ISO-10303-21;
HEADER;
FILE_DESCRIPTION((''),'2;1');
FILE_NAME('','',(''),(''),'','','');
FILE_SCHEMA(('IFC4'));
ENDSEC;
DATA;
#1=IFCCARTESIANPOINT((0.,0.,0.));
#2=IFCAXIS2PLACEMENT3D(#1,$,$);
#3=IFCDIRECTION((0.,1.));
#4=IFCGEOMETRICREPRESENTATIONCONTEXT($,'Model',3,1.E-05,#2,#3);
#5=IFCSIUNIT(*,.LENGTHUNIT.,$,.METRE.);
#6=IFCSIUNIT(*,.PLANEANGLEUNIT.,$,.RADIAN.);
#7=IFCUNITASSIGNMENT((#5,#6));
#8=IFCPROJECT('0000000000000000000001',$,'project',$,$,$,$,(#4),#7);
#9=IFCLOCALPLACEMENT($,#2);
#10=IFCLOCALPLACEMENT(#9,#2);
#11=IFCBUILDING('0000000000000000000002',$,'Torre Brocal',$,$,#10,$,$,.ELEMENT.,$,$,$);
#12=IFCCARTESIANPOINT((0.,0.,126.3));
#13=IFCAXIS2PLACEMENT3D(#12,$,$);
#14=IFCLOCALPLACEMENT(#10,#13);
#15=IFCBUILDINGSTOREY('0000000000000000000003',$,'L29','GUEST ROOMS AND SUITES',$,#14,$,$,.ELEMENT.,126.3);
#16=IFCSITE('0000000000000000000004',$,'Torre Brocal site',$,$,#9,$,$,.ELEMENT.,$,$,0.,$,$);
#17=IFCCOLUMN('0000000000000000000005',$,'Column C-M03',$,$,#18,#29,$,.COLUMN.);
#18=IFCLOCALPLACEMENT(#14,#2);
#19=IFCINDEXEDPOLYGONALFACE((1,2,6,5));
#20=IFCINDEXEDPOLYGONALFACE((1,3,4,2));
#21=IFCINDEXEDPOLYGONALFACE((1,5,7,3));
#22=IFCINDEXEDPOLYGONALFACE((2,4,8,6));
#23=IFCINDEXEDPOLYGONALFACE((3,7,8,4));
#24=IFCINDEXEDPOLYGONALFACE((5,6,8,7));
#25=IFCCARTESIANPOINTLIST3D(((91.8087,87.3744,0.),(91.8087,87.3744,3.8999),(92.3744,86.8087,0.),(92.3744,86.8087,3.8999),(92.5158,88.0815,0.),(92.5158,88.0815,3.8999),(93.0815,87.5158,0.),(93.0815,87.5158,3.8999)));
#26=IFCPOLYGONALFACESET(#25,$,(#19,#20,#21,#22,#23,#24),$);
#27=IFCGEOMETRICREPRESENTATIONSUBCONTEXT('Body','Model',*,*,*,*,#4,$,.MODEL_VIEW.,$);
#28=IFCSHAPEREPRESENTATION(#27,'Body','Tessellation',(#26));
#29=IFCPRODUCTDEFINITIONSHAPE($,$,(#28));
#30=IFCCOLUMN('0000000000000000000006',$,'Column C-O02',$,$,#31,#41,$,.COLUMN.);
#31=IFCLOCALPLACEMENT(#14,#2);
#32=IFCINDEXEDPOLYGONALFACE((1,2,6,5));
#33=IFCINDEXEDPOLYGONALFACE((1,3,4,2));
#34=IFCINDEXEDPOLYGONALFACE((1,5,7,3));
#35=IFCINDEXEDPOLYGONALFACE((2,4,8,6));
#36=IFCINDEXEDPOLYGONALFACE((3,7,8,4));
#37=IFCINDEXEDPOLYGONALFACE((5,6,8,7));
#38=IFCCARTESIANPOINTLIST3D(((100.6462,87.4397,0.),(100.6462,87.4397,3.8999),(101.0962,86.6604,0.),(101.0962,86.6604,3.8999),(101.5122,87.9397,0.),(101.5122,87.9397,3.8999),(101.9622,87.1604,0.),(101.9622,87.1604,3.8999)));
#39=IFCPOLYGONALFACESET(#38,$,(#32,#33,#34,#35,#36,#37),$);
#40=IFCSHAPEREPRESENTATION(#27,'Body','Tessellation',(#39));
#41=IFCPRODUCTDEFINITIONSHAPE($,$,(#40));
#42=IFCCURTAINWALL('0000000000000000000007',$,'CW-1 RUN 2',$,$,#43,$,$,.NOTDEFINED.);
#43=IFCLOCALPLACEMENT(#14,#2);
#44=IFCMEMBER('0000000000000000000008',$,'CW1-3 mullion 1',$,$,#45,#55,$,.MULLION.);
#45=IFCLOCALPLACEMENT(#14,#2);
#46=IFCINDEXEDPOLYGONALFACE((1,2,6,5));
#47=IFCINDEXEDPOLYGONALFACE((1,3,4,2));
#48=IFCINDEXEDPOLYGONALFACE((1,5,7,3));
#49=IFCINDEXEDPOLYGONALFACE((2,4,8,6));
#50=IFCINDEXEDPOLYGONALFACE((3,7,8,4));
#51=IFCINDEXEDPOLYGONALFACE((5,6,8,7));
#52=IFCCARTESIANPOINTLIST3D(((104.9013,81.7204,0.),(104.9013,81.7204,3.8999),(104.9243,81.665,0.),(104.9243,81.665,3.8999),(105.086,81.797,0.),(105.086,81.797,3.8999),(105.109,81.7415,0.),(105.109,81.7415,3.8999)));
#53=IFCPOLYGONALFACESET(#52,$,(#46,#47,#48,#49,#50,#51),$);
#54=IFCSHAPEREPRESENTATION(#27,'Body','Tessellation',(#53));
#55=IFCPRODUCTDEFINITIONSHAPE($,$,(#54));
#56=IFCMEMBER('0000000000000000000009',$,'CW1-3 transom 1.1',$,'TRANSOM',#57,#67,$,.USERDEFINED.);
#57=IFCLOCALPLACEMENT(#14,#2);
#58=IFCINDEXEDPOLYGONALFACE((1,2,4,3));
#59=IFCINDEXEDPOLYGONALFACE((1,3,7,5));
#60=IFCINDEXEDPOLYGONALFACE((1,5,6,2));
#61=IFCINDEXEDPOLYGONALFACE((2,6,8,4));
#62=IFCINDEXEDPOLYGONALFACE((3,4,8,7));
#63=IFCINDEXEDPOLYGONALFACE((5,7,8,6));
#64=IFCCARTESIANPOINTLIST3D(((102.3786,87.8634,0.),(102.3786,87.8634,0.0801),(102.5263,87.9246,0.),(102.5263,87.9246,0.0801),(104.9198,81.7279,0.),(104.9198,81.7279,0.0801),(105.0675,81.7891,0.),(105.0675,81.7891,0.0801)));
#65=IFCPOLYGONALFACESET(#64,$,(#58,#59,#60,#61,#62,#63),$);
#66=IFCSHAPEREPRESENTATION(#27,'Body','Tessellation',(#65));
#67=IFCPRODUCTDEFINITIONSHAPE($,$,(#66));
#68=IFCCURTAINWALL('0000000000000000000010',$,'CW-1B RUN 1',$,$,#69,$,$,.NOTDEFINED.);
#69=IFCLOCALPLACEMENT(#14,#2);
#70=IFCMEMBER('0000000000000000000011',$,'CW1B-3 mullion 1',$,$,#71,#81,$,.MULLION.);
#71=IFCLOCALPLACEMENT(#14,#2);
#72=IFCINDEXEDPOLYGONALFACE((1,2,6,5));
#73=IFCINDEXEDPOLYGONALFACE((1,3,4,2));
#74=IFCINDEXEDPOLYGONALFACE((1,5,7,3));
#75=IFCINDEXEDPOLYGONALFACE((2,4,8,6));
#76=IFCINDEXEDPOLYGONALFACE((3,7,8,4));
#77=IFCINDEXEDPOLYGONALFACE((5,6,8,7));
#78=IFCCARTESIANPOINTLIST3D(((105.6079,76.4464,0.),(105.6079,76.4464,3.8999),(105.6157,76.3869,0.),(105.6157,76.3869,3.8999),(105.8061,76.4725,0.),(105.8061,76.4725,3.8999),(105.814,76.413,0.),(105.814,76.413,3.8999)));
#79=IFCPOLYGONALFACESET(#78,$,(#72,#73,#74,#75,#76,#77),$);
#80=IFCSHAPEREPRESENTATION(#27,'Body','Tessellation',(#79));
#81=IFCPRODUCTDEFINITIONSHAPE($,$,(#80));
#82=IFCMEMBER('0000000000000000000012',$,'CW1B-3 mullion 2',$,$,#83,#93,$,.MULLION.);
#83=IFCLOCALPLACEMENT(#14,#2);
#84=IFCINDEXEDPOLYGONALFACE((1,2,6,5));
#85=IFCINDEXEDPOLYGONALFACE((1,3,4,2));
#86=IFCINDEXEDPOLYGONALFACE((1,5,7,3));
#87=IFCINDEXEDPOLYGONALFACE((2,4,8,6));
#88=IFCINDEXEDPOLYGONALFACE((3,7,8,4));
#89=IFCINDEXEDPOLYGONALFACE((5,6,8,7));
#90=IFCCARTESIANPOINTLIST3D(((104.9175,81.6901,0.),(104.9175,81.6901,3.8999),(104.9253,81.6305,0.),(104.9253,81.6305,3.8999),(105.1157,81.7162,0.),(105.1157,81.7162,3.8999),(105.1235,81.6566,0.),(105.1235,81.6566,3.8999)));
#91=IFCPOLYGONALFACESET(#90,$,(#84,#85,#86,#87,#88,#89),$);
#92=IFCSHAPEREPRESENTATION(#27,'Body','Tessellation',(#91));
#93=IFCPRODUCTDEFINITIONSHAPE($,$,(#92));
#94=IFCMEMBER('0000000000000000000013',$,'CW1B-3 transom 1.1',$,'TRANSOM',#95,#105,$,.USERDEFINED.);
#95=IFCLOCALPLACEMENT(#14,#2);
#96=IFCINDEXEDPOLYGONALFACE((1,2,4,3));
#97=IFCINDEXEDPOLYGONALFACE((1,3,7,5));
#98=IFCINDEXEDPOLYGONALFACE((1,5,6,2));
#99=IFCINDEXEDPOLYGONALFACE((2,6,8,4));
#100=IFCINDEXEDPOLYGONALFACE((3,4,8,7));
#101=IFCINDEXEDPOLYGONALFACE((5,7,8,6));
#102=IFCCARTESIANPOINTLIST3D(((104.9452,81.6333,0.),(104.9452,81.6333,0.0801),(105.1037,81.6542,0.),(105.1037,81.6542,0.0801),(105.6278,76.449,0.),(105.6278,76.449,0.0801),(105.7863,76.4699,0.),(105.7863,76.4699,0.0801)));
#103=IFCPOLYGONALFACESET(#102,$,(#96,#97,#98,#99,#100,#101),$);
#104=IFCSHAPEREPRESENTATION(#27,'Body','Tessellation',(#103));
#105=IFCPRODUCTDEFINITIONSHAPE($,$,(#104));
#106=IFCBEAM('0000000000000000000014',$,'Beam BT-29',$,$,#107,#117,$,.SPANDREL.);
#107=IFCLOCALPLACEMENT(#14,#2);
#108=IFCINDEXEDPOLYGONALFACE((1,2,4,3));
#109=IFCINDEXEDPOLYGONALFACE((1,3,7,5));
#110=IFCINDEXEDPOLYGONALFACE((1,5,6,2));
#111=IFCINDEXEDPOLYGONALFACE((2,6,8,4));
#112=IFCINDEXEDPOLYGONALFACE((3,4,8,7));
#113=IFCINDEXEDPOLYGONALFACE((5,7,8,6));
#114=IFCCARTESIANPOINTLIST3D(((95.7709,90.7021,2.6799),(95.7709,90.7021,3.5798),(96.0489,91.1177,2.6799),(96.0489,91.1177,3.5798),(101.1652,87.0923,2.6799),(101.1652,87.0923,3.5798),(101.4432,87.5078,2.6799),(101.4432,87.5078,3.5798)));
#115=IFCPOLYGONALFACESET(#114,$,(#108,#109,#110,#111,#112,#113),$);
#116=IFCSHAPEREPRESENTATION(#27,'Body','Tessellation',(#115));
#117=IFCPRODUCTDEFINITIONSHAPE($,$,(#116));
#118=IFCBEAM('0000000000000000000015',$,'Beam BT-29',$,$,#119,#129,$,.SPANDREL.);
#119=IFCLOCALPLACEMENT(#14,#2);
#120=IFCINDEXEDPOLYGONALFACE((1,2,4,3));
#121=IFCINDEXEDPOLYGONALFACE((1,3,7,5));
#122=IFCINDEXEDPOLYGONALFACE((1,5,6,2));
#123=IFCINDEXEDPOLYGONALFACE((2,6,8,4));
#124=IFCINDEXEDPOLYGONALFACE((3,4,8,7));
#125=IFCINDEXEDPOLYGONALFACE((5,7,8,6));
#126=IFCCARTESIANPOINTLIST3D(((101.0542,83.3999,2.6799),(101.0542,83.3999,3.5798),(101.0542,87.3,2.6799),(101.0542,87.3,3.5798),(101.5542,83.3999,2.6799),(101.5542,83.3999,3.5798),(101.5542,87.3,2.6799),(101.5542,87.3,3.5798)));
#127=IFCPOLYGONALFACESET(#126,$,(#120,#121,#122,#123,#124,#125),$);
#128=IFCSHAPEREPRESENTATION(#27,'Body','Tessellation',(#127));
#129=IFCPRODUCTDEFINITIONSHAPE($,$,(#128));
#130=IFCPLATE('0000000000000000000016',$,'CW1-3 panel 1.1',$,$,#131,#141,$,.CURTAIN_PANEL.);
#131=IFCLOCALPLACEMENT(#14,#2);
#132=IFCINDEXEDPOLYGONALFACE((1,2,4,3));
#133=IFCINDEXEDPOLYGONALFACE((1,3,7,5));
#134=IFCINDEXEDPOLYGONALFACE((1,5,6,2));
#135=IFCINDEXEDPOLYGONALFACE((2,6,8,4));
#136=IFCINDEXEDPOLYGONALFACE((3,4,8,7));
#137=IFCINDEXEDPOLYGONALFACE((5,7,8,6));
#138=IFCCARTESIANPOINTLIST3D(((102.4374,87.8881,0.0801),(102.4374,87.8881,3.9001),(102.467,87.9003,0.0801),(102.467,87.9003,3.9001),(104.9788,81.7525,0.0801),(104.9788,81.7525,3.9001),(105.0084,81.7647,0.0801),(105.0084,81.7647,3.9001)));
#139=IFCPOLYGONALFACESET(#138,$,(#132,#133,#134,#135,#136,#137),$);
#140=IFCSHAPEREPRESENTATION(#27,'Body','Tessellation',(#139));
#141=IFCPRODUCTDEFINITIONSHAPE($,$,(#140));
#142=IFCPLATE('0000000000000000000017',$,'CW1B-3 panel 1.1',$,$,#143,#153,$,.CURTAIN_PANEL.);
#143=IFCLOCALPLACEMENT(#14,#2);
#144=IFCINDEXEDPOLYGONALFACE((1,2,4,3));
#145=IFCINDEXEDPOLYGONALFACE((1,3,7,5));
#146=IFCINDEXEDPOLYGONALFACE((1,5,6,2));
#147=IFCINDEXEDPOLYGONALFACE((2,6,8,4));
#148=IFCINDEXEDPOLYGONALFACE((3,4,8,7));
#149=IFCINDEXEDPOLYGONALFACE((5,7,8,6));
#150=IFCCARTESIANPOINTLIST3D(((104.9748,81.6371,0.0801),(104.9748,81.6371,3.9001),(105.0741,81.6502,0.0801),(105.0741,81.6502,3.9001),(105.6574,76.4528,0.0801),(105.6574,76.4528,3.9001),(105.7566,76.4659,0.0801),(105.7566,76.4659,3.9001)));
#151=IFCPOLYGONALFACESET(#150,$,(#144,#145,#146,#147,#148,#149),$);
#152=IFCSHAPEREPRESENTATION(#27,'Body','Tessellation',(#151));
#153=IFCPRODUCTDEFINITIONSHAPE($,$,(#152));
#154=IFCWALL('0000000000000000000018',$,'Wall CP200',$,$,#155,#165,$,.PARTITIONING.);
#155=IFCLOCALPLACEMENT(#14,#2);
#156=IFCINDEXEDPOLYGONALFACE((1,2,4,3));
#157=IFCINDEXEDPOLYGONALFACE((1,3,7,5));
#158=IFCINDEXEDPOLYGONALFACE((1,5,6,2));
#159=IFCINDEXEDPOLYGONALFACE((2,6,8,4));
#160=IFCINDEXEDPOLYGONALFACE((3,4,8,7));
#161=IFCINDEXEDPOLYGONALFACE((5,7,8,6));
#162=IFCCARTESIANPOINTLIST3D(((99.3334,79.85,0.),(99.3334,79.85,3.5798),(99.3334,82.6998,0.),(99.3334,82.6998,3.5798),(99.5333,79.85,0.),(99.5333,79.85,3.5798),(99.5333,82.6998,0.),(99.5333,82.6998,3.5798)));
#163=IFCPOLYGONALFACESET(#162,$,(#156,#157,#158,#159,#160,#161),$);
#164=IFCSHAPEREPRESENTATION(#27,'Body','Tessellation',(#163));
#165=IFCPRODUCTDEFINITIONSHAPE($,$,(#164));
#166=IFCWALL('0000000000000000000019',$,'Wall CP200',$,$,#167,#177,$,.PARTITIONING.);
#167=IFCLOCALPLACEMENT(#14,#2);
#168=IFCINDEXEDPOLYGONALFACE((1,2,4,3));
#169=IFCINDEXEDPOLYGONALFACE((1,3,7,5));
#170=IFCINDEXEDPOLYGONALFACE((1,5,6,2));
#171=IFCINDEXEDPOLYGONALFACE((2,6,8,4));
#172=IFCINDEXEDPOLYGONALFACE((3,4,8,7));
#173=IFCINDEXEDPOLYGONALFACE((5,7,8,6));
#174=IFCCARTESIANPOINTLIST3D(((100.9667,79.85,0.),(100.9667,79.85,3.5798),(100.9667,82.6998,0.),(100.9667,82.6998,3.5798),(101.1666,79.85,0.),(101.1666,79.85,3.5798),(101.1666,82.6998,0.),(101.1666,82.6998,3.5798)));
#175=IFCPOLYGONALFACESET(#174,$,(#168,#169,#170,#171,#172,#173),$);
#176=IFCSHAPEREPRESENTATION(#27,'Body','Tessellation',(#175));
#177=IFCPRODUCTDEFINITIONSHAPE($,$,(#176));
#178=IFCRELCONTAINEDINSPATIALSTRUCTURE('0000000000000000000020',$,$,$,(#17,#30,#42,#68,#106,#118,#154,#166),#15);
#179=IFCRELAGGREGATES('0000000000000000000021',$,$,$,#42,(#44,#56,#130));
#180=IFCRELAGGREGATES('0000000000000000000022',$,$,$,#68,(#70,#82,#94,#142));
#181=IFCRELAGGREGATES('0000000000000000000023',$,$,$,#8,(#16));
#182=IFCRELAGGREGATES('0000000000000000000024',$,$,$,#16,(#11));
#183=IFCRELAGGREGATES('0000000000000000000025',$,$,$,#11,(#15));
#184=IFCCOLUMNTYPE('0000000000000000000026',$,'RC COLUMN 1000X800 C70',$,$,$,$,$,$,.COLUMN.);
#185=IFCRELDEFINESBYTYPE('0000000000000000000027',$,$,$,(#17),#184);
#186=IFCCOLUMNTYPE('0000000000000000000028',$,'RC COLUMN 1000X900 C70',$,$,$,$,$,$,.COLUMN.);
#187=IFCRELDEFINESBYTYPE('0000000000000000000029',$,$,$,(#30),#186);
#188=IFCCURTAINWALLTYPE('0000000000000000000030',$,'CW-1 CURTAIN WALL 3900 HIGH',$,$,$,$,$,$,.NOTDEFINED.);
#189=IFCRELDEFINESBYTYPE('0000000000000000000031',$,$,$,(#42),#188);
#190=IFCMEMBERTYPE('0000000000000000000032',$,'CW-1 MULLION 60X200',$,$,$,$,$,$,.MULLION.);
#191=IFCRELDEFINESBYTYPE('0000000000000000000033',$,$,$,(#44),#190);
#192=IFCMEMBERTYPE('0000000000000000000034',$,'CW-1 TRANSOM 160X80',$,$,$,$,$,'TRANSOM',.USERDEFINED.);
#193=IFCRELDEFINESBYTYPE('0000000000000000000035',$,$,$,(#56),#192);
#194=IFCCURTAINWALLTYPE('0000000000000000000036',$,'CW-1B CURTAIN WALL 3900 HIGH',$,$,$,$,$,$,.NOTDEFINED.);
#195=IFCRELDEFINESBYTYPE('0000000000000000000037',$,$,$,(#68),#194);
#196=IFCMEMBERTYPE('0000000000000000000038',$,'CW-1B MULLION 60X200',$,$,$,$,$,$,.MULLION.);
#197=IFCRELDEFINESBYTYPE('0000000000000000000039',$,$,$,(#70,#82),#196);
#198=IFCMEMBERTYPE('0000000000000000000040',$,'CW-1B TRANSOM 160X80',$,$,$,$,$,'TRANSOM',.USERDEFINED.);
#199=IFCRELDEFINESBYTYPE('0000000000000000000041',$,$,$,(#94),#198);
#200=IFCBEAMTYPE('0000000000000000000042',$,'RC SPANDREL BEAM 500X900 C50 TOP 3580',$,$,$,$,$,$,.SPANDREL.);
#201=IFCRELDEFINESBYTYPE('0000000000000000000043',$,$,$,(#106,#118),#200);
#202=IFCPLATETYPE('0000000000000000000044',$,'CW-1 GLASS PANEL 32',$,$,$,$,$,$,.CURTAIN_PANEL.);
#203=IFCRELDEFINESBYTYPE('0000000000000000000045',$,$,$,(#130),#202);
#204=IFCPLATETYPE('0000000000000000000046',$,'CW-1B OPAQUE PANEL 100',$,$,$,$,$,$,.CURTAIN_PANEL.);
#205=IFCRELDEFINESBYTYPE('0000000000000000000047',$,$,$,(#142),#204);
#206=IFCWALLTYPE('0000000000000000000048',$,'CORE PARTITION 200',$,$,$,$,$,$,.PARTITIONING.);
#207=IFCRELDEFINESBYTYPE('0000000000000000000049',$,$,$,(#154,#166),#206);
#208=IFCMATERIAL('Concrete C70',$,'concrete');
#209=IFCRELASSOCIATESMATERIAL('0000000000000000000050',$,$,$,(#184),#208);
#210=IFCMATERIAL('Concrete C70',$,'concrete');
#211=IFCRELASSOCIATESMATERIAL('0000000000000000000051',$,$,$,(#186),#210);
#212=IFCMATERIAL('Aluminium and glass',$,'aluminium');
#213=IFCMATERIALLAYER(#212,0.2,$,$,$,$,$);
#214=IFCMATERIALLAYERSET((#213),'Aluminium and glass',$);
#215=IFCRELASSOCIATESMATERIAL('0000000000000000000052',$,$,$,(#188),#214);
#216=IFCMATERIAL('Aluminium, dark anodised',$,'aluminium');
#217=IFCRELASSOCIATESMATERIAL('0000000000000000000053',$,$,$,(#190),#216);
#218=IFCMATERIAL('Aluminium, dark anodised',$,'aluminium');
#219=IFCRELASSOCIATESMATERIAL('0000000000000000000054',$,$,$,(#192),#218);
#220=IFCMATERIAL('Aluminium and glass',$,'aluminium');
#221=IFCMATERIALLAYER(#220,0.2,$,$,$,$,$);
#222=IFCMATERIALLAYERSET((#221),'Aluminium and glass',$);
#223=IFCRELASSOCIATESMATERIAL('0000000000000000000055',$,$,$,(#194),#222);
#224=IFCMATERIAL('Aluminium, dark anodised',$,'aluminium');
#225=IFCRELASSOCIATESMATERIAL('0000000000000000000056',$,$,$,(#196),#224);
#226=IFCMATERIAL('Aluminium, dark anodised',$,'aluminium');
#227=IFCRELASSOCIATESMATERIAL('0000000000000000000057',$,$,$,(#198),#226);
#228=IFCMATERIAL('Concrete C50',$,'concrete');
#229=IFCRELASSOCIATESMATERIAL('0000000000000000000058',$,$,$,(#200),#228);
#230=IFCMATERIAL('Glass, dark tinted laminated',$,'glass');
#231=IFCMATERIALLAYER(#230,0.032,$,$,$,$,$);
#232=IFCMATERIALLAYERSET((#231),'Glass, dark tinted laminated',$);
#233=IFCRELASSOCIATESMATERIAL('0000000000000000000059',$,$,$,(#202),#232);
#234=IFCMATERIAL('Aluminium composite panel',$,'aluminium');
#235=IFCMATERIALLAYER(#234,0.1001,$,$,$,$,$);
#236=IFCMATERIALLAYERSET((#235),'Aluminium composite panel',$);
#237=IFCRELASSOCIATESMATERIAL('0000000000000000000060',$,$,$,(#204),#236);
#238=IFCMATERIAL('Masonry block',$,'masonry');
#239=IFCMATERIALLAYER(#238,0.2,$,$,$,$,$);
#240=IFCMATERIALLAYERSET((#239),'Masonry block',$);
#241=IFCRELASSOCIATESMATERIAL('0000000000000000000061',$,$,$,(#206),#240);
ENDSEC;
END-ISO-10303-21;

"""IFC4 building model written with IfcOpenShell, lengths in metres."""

from ifc_helpers import new_model, si_unit, direction, frame, frame_2d, origin, origin_2d, place, context, subcontext, project, spatial, rectangle, extrude, material, layer, layer_set, material_profile, profile_set, type_object, element, aggregate, save


model = new_model("IFC4")

# Units and contexts
model_context = context("Model", 3, precision=1e-05, world=origin(), true_north=direction((0.0, 1.0)))
body_context = subcontext(model_context, "Body", "Model", "MODEL_VIEW")
ifc_project = project(units=[si_unit("LENGTHUNIT", "METRE"), si_unit("PLANEANGLEUNIT", "RADIAN")], contexts=[model_context])

# Site, building, storey
site_placement = place(None, origin())
site = spatial("IfcSite", under=ifc_project, at=site_placement, Name="Torre Brocal site", CompositionType="ELEMENT", RefElevation=0.0)
building_placement = place(site_placement, origin())
building = spatial("IfcBuilding", under=site, at=building_placement, Name="Torre Brocal", CompositionType="ELEMENT")
storey_placement = place(building_placement, frame((0.0, 0.0, 126.3)))
storey = spatial("IfcBuildingStorey", under=building, at=storey_placement, Name="L29", Description="GUEST ROOMS AND SUITES", CompositionType="ELEMENT", Elevation=126.3)

# Columns
ifc_material_1 = material(Name="Concrete C70", Category="concrete")
ifc_material_profile_1 = material_profile(ifc_material_1, rectangle(XDim=1.0, YDim=0.8, at=origin_2d()), Name="RC 1000X800")
ifc_profile_set_1 = profile_set([ifc_material_profile_1], Name="Concrete C70")
column_type_1 = type_object("IfcColumnType", Name="RC COLUMN 1000X800 C70", PredefinedType="COLUMN", material=ifc_profile_set_1)
column_1_placement = place(storey_placement, frame((92.4451, 87.4451, 0.0), z_axis=(0.0, 0.0, 1.0), x_axis=(0.707107, 0.707107, 0.0)))
element("IfcColumn", 1, at=column_1_placement, inside=storey, type_object=column_type_1, Name="Column C-M03", PredefinedType="COLUMN", context=body_context, shape_type="SweptSolid", body=[
    extrude(rectangle(XDim=1.0, YDim=0.8, at=origin_2d()), origin(), (0.0, 0.0, 1.0), 3.8999),
])
ifc_material_2 = material(Name="Concrete C70", Category="concrete")
ifc_material_profile_2 = material_profile(ifc_material_2, rectangle(XDim=1.0, YDim=0.8999, at=origin_2d()), Name="RC 1000X900")
ifc_profile_set_2 = profile_set([ifc_material_profile_2], Name="Concrete C70")
column_type_2 = type_object("IfcColumnType", Name="RC COLUMN 1000X900 C70", PredefinedType="COLUMN", material=ifc_profile_set_2)
column_2_placement = place(storey_placement, frame((101.3042, 87.3, 0.0), z_axis=(0.0, 0.0, 1.0), x_axis=(0.866025, 0.5, 0.0)))
element("IfcColumn", 2, at=column_2_placement, inside=storey, type_object=column_type_2, Name="Column C-O02", PredefinedType="COLUMN", context=body_context, shape_type="SweptSolid", body=[
    extrude(rectangle(XDim=1.0, YDim=0.8999, at=origin_2d()), origin(), (0.0, 0.0, 1.0), 3.8999),
])

# Curtain walls, members
ifc_material_3 = material(Name="Aluminium and glass", Category="aluminium")
ifc_layer_1 = layer(ifc_material_3, 0.2)
ifc_layer_set_1 = layer_set([ifc_layer_1], Name="Aluminium and glass")
curtain_wall_type_1 = type_object("IfcCurtainWallType", Name="CW-1 CURTAIN WALL 3900 HIGH", PredefinedType="NOTDEFINED", material=ifc_layer_set_1)
curtain_wall_1_placement = place(storey_placement, origin())
curtain_wall_1 = element("IfcCurtainWall", 3, at=curtain_wall_1_placement, inside=storey, type_object=curtain_wall_type_1, Name="CW-1 RUN 2", PredefinedType="NOTDEFINED")
ifc_material_4 = material(Name="Aluminium, dark anodised", Category="aluminium")
ifc_material_profile_3 = material_profile(ifc_material_4, rectangle(XDim=0.2, YDim=0.0601, at=origin_2d()), Name="CW-1 MULLION 60X200")
ifc_profile_set_3 = profile_set([ifc_material_profile_3], Name="Aluminium, dark anodised")
member_type_1 = type_object("IfcMemberType", Name="CW-1 MULLION 60X200", PredefinedType="MULLION", material=ifc_profile_set_3)
member_1_placement = place(storey_placement, frame((105.0051, 81.731, 0.0), z_axis=(0.0, 0.0, 1.0), x_axis=(-0.92388, -0.382683, 0.0)))
member_1 = element("IfcMember", 4, at=member_1_placement, type_object=member_type_1, Name="CW1-3 mullion 1", PredefinedType="MULLION", context=body_context, shape_type="SweptSolid", body=[
    extrude(rectangle(XDim=0.2, YDim=0.0601, at=origin_2d()), origin(), (0.0, 0.0, 1.0), 3.8999),
])
ifc_material_5 = material(Name="Aluminium, dark anodised", Category="aluminium")
ifc_material_profile_4 = material_profile(ifc_material_5, rectangle(XDim=0.1599, YDim=0.0801, at=origin_2d()), Name="CW-1 TRANSOM 160X80")
ifc_profile_set_4 = profile_set([ifc_material_profile_4], Name="Aluminium, dark anodised")
member_type_2 = type_object("IfcMemberType", Name="CW-1 TRANSOM 160X80", ElementType="TRANSOM", PredefinedType="USERDEFINED", material=ifc_profile_set_4)
member_2_placement = place(storey_placement, frame((104.9937, 81.7585, 0.04), z_axis=(-0.382665, 0.923887, 0.0), x_axis=(-0.923887, -0.382665, 0.0)))
member_2 = element("IfcMember", 5, at=member_2_placement, type_object=member_type_2, Name="CW1-3 transom 1.1", ObjectType="TRANSOM", PredefinedType="USERDEFINED", context=body_context, shape_type="SweptSolid", body=[
    extrude(rectangle(XDim=0.1599, YDim=0.0801, at=origin_2d()), origin(), (0.0, 0.0, 1.0), 6.6409),
])
ifc_material_6 = material(Name="Aluminium and glass", Category="aluminium")
ifc_layer_2 = layer(ifc_material_6, 0.2)
ifc_layer_set_2 = layer_set([ifc_layer_2], Name="Aluminium and glass")
curtain_wall_type_2 = type_object("IfcCurtainWallType", Name="CW-1B CURTAIN WALL 3900 HIGH", PredefinedType="NOTDEFINED", material=ifc_layer_set_2)
curtain_wall_2_placement = place(storey_placement, origin())
curtain_wall_2 = element("IfcCurtainWall", 6, at=curtain_wall_2_placement, inside=storey, type_object=curtain_wall_type_2, Name="CW-1B RUN 1", PredefinedType="NOTDEFINED")
ifc_material_7 = material(Name="Aluminium, dark anodised", Category="aluminium")
ifc_material_profile_5 = material_profile(ifc_material_7, rectangle(XDim=0.2, YDim=0.0601, at=origin_2d()), Name="CW-1B MULLION 60X200")
ifc_profile_set_5 = profile_set([ifc_material_profile_5], Name="Aluminium, dark anodised")
member_type_3 = type_object("IfcMemberType", Name="CW-1B MULLION 60X200", PredefinedType="MULLION", material=ifc_profile_set_5)
member_3_placement = place(storey_placement, frame((105.7109, 76.4297, 0.0), z_axis=(0.0, 0.0, 1.0), x_axis=(-0.991445, -0.130526, 0.0)))
member_3 = element("IfcMember", 7, at=member_3_placement, type_object=member_type_3, Name="CW1B-3 mullion 1", PredefinedType="MULLION", context=body_context, shape_type="SweptSolid", body=[
    extrude(rectangle(XDim=0.2, YDim=0.0601, at=origin_2d()), origin(), (0.0, 0.0, 1.0), 3.8999),
])
member_4_placement = place(storey_placement, frame((105.0205, 81.6733, 0.0), z_axis=(0.0, 0.0, 1.0), x_axis=(-0.991445, -0.130526, 0.0)))
member_4 = element("IfcMember", 8, at=member_4_placement, type_object=member_type_3, Name="CW1B-3 mullion 2", PredefinedType="MULLION", context=body_context, shape_type="SweptSolid", body=[
    extrude(rectangle(XDim=0.2, YDim=0.0601, at=origin_2d()), origin(), (0.0, 0.0, 1.0), 3.8999),
])
ifc_material_8 = material(Name="Aluminium, dark anodised", Category="aluminium")
ifc_material_profile_6 = material_profile(ifc_material_8, rectangle(XDim=0.1599, YDim=0.0801, at=origin_2d()), Name="CW-1B TRANSOM 160X80")
ifc_profile_set_6 = profile_set([ifc_material_profile_6], Name="Aluminium, dark anodised")
member_type_4 = type_object("IfcMemberType", Name="CW-1B TRANSOM 160X80", ElementType="TRANSOM", PredefinedType="USERDEFINED", material=ifc_profile_set_6)
member_5_placement = place(storey_placement, frame((105.707, 76.4595, 0.04), z_axis=(-0.130543, 0.991443, 0.0), x_axis=(-0.991443, -0.130543, 0.0)))
member_5 = element("IfcMember", 9, at=member_5_placement, type_object=member_type_4, Name="CW1B-3 transom 1.1", ObjectType="TRANSOM", PredefinedType="USERDEFINED", context=body_context, shape_type="SweptSolid", body=[
    extrude(rectangle(XDim=0.1599, YDim=0.0801, at=origin_2d()), origin(), (0.0, 0.0, 1.0), 5.229),
])

# Beams
ifc_material_9 = material(Name="Concrete C50", Category="concrete")
ifc_material_profile_7 = material_profile(ifc_material_9, rectangle(XDim=0.5, YDim=0.8999, at=origin_2d()), Name="RC 500X900")
ifc_profile_set_7 = profile_set([ifc_material_profile_7], Name="Concrete C50")
beam_type = type_object("IfcBeamType", Name="RC SPANDREL BEAM 500X900 C50 TOP 3580", PredefinedType="SPANDREL", material=ifc_profile_set_7)
beam_1_placement = place(storey_placement, frame((101.3042, 87.3, 3.1299), z_axis=(-0.831077, 0.556158, 0.0), x_axis=(-0.556158, -0.831077, 0.0)))
element("IfcBeam", 10, at=beam_1_placement, inside=storey, type_object=beam_type, Name="Beam BT-29", PredefinedType="SPANDREL", context=body_context, shape_type="SweptSolid", body=[
    extrude(rectangle(XDim=0.5, YDim=0.8999, at=origin_2d()), origin(), (0.0, 0.0, 1.0), 6.4907),
])
beam_2_placement = place(storey_placement, frame((101.3042, 87.3, 3.1299), z_axis=(0.0, -1.0, 0.0), x_axis=(1.0, 0.0, 0.0)))
element("IfcBeam", 11, at=beam_2_placement, inside=storey, type_object=beam_type, Name="Beam BT-29", PredefinedType="SPANDREL", context=body_context, shape_type="SweptSolid", body=[
    extrude(rectangle(XDim=0.5, YDim=0.8999, at=origin_2d()), origin(), (0.0, 0.0, 1.0), 3.9001),
])

# Plates
ifc_material_10 = material(Name="Glass, dark tinted laminated", Category="glass")
ifc_layer_3 = layer(ifc_material_10, 0.032)
ifc_layer_set_3 = layer_set([ifc_layer_3], Name="Glass, dark tinted laminated")
plate_type_1 = type_object("IfcPlateType", Name="CW-1 GLASS PANEL 32", PredefinedType="CURTAIN_PANEL", material=ifc_layer_set_3)
plate_1_placement = place(storey_placement, frame((103.7229, 84.8264, 0.0801), z_axis=(0.0, 0.0, 1.0), x_axis=(-0.382683, 0.92388, 0.0)))
plate_1 = element("IfcPlate", 12, at=plate_1_placement, type_object=plate_type_1, Name="CW1-3 panel 1.1", PredefinedType="CURTAIN_PANEL", context=body_context, shape_type="SweptSolid", body=[
    extrude(rectangle(XDim=6.6411, YDim=0.032, at=origin_2d()), origin(), (0.0, 0.0, 1.0), 3.8201),
])
aggregate(curtain_wall_1, [member_1, member_2, plate_1])
ifc_material_11 = material(Name="Aluminium composite panel", Category="aluminium")
ifc_layer_4 = layer(ifc_material_11, 0.1001)
ifc_layer_set_4 = layer_set([ifc_layer_4], Name="Aluminium composite panel")
plate_type_2 = type_object("IfcPlateType", Name="CW-1B OPAQUE PANEL 100", PredefinedType="CURTAIN_PANEL", material=ifc_layer_set_4)
plate_2_placement = place(storey_placement, frame((105.3657, 79.0515, 0.0801), z_axis=(0.0, 0.0, 1.0), x_axis=(-0.130526, 0.991445, 0.0)))
plate_2 = element("IfcPlate", 13, at=plate_2_placement, type_object=plate_type_2, Name="CW1B-3 panel 1.1", PredefinedType="CURTAIN_PANEL", context=body_context, shape_type="SweptSolid", body=[
    extrude(rectangle(XDim=5.229, YDim=0.1001, at=origin_2d()), origin(), (0.0, 0.0, 1.0), 3.8201),
])
aggregate(curtain_wall_2, [member_3, member_4, member_5, plate_2])

# Walls
ifc_material_12 = material(Name="Masonry block", Category="masonry")
ifc_layer_5 = layer(ifc_material_12, 0.2)
ifc_layer_set_5 = layer_set([ifc_layer_5], Name="Masonry block")
wall_type_1 = type_object("IfcWallType", Name="CORE PARTITION 200", PredefinedType="PARTITIONING", material=ifc_layer_set_5)
for number, where, z_axis, x_axis, name in (
    (14, (99.4333, 79.8501, 0.0), (0.0, 0.0, 1.0), (0.0, 1.0, 0.0), "Wall CP200"),
    (15, (101.0667, 79.8501, 0.0), (0.0, 0.0, 1.0), (0.0, 1.0, 0.0), "Wall CP200"),
):
    element("IfcWall", number, at=place(storey_placement, frame(where, z_axis=z_axis, x_axis=x_axis)), inside=storey, type_object=wall_type_1, Name=name, PredefinedType="PARTITIONING", context=body_context, shape_type="SweptSolid", body=[
        extrude(rectangle(XDim=2.8499, YDim=0.2, at=frame_2d((1.4248, 0.0))), origin(), (0.0, 0.0, 1.0), 3.5798),
    ])

save(model, "model.ifc")
